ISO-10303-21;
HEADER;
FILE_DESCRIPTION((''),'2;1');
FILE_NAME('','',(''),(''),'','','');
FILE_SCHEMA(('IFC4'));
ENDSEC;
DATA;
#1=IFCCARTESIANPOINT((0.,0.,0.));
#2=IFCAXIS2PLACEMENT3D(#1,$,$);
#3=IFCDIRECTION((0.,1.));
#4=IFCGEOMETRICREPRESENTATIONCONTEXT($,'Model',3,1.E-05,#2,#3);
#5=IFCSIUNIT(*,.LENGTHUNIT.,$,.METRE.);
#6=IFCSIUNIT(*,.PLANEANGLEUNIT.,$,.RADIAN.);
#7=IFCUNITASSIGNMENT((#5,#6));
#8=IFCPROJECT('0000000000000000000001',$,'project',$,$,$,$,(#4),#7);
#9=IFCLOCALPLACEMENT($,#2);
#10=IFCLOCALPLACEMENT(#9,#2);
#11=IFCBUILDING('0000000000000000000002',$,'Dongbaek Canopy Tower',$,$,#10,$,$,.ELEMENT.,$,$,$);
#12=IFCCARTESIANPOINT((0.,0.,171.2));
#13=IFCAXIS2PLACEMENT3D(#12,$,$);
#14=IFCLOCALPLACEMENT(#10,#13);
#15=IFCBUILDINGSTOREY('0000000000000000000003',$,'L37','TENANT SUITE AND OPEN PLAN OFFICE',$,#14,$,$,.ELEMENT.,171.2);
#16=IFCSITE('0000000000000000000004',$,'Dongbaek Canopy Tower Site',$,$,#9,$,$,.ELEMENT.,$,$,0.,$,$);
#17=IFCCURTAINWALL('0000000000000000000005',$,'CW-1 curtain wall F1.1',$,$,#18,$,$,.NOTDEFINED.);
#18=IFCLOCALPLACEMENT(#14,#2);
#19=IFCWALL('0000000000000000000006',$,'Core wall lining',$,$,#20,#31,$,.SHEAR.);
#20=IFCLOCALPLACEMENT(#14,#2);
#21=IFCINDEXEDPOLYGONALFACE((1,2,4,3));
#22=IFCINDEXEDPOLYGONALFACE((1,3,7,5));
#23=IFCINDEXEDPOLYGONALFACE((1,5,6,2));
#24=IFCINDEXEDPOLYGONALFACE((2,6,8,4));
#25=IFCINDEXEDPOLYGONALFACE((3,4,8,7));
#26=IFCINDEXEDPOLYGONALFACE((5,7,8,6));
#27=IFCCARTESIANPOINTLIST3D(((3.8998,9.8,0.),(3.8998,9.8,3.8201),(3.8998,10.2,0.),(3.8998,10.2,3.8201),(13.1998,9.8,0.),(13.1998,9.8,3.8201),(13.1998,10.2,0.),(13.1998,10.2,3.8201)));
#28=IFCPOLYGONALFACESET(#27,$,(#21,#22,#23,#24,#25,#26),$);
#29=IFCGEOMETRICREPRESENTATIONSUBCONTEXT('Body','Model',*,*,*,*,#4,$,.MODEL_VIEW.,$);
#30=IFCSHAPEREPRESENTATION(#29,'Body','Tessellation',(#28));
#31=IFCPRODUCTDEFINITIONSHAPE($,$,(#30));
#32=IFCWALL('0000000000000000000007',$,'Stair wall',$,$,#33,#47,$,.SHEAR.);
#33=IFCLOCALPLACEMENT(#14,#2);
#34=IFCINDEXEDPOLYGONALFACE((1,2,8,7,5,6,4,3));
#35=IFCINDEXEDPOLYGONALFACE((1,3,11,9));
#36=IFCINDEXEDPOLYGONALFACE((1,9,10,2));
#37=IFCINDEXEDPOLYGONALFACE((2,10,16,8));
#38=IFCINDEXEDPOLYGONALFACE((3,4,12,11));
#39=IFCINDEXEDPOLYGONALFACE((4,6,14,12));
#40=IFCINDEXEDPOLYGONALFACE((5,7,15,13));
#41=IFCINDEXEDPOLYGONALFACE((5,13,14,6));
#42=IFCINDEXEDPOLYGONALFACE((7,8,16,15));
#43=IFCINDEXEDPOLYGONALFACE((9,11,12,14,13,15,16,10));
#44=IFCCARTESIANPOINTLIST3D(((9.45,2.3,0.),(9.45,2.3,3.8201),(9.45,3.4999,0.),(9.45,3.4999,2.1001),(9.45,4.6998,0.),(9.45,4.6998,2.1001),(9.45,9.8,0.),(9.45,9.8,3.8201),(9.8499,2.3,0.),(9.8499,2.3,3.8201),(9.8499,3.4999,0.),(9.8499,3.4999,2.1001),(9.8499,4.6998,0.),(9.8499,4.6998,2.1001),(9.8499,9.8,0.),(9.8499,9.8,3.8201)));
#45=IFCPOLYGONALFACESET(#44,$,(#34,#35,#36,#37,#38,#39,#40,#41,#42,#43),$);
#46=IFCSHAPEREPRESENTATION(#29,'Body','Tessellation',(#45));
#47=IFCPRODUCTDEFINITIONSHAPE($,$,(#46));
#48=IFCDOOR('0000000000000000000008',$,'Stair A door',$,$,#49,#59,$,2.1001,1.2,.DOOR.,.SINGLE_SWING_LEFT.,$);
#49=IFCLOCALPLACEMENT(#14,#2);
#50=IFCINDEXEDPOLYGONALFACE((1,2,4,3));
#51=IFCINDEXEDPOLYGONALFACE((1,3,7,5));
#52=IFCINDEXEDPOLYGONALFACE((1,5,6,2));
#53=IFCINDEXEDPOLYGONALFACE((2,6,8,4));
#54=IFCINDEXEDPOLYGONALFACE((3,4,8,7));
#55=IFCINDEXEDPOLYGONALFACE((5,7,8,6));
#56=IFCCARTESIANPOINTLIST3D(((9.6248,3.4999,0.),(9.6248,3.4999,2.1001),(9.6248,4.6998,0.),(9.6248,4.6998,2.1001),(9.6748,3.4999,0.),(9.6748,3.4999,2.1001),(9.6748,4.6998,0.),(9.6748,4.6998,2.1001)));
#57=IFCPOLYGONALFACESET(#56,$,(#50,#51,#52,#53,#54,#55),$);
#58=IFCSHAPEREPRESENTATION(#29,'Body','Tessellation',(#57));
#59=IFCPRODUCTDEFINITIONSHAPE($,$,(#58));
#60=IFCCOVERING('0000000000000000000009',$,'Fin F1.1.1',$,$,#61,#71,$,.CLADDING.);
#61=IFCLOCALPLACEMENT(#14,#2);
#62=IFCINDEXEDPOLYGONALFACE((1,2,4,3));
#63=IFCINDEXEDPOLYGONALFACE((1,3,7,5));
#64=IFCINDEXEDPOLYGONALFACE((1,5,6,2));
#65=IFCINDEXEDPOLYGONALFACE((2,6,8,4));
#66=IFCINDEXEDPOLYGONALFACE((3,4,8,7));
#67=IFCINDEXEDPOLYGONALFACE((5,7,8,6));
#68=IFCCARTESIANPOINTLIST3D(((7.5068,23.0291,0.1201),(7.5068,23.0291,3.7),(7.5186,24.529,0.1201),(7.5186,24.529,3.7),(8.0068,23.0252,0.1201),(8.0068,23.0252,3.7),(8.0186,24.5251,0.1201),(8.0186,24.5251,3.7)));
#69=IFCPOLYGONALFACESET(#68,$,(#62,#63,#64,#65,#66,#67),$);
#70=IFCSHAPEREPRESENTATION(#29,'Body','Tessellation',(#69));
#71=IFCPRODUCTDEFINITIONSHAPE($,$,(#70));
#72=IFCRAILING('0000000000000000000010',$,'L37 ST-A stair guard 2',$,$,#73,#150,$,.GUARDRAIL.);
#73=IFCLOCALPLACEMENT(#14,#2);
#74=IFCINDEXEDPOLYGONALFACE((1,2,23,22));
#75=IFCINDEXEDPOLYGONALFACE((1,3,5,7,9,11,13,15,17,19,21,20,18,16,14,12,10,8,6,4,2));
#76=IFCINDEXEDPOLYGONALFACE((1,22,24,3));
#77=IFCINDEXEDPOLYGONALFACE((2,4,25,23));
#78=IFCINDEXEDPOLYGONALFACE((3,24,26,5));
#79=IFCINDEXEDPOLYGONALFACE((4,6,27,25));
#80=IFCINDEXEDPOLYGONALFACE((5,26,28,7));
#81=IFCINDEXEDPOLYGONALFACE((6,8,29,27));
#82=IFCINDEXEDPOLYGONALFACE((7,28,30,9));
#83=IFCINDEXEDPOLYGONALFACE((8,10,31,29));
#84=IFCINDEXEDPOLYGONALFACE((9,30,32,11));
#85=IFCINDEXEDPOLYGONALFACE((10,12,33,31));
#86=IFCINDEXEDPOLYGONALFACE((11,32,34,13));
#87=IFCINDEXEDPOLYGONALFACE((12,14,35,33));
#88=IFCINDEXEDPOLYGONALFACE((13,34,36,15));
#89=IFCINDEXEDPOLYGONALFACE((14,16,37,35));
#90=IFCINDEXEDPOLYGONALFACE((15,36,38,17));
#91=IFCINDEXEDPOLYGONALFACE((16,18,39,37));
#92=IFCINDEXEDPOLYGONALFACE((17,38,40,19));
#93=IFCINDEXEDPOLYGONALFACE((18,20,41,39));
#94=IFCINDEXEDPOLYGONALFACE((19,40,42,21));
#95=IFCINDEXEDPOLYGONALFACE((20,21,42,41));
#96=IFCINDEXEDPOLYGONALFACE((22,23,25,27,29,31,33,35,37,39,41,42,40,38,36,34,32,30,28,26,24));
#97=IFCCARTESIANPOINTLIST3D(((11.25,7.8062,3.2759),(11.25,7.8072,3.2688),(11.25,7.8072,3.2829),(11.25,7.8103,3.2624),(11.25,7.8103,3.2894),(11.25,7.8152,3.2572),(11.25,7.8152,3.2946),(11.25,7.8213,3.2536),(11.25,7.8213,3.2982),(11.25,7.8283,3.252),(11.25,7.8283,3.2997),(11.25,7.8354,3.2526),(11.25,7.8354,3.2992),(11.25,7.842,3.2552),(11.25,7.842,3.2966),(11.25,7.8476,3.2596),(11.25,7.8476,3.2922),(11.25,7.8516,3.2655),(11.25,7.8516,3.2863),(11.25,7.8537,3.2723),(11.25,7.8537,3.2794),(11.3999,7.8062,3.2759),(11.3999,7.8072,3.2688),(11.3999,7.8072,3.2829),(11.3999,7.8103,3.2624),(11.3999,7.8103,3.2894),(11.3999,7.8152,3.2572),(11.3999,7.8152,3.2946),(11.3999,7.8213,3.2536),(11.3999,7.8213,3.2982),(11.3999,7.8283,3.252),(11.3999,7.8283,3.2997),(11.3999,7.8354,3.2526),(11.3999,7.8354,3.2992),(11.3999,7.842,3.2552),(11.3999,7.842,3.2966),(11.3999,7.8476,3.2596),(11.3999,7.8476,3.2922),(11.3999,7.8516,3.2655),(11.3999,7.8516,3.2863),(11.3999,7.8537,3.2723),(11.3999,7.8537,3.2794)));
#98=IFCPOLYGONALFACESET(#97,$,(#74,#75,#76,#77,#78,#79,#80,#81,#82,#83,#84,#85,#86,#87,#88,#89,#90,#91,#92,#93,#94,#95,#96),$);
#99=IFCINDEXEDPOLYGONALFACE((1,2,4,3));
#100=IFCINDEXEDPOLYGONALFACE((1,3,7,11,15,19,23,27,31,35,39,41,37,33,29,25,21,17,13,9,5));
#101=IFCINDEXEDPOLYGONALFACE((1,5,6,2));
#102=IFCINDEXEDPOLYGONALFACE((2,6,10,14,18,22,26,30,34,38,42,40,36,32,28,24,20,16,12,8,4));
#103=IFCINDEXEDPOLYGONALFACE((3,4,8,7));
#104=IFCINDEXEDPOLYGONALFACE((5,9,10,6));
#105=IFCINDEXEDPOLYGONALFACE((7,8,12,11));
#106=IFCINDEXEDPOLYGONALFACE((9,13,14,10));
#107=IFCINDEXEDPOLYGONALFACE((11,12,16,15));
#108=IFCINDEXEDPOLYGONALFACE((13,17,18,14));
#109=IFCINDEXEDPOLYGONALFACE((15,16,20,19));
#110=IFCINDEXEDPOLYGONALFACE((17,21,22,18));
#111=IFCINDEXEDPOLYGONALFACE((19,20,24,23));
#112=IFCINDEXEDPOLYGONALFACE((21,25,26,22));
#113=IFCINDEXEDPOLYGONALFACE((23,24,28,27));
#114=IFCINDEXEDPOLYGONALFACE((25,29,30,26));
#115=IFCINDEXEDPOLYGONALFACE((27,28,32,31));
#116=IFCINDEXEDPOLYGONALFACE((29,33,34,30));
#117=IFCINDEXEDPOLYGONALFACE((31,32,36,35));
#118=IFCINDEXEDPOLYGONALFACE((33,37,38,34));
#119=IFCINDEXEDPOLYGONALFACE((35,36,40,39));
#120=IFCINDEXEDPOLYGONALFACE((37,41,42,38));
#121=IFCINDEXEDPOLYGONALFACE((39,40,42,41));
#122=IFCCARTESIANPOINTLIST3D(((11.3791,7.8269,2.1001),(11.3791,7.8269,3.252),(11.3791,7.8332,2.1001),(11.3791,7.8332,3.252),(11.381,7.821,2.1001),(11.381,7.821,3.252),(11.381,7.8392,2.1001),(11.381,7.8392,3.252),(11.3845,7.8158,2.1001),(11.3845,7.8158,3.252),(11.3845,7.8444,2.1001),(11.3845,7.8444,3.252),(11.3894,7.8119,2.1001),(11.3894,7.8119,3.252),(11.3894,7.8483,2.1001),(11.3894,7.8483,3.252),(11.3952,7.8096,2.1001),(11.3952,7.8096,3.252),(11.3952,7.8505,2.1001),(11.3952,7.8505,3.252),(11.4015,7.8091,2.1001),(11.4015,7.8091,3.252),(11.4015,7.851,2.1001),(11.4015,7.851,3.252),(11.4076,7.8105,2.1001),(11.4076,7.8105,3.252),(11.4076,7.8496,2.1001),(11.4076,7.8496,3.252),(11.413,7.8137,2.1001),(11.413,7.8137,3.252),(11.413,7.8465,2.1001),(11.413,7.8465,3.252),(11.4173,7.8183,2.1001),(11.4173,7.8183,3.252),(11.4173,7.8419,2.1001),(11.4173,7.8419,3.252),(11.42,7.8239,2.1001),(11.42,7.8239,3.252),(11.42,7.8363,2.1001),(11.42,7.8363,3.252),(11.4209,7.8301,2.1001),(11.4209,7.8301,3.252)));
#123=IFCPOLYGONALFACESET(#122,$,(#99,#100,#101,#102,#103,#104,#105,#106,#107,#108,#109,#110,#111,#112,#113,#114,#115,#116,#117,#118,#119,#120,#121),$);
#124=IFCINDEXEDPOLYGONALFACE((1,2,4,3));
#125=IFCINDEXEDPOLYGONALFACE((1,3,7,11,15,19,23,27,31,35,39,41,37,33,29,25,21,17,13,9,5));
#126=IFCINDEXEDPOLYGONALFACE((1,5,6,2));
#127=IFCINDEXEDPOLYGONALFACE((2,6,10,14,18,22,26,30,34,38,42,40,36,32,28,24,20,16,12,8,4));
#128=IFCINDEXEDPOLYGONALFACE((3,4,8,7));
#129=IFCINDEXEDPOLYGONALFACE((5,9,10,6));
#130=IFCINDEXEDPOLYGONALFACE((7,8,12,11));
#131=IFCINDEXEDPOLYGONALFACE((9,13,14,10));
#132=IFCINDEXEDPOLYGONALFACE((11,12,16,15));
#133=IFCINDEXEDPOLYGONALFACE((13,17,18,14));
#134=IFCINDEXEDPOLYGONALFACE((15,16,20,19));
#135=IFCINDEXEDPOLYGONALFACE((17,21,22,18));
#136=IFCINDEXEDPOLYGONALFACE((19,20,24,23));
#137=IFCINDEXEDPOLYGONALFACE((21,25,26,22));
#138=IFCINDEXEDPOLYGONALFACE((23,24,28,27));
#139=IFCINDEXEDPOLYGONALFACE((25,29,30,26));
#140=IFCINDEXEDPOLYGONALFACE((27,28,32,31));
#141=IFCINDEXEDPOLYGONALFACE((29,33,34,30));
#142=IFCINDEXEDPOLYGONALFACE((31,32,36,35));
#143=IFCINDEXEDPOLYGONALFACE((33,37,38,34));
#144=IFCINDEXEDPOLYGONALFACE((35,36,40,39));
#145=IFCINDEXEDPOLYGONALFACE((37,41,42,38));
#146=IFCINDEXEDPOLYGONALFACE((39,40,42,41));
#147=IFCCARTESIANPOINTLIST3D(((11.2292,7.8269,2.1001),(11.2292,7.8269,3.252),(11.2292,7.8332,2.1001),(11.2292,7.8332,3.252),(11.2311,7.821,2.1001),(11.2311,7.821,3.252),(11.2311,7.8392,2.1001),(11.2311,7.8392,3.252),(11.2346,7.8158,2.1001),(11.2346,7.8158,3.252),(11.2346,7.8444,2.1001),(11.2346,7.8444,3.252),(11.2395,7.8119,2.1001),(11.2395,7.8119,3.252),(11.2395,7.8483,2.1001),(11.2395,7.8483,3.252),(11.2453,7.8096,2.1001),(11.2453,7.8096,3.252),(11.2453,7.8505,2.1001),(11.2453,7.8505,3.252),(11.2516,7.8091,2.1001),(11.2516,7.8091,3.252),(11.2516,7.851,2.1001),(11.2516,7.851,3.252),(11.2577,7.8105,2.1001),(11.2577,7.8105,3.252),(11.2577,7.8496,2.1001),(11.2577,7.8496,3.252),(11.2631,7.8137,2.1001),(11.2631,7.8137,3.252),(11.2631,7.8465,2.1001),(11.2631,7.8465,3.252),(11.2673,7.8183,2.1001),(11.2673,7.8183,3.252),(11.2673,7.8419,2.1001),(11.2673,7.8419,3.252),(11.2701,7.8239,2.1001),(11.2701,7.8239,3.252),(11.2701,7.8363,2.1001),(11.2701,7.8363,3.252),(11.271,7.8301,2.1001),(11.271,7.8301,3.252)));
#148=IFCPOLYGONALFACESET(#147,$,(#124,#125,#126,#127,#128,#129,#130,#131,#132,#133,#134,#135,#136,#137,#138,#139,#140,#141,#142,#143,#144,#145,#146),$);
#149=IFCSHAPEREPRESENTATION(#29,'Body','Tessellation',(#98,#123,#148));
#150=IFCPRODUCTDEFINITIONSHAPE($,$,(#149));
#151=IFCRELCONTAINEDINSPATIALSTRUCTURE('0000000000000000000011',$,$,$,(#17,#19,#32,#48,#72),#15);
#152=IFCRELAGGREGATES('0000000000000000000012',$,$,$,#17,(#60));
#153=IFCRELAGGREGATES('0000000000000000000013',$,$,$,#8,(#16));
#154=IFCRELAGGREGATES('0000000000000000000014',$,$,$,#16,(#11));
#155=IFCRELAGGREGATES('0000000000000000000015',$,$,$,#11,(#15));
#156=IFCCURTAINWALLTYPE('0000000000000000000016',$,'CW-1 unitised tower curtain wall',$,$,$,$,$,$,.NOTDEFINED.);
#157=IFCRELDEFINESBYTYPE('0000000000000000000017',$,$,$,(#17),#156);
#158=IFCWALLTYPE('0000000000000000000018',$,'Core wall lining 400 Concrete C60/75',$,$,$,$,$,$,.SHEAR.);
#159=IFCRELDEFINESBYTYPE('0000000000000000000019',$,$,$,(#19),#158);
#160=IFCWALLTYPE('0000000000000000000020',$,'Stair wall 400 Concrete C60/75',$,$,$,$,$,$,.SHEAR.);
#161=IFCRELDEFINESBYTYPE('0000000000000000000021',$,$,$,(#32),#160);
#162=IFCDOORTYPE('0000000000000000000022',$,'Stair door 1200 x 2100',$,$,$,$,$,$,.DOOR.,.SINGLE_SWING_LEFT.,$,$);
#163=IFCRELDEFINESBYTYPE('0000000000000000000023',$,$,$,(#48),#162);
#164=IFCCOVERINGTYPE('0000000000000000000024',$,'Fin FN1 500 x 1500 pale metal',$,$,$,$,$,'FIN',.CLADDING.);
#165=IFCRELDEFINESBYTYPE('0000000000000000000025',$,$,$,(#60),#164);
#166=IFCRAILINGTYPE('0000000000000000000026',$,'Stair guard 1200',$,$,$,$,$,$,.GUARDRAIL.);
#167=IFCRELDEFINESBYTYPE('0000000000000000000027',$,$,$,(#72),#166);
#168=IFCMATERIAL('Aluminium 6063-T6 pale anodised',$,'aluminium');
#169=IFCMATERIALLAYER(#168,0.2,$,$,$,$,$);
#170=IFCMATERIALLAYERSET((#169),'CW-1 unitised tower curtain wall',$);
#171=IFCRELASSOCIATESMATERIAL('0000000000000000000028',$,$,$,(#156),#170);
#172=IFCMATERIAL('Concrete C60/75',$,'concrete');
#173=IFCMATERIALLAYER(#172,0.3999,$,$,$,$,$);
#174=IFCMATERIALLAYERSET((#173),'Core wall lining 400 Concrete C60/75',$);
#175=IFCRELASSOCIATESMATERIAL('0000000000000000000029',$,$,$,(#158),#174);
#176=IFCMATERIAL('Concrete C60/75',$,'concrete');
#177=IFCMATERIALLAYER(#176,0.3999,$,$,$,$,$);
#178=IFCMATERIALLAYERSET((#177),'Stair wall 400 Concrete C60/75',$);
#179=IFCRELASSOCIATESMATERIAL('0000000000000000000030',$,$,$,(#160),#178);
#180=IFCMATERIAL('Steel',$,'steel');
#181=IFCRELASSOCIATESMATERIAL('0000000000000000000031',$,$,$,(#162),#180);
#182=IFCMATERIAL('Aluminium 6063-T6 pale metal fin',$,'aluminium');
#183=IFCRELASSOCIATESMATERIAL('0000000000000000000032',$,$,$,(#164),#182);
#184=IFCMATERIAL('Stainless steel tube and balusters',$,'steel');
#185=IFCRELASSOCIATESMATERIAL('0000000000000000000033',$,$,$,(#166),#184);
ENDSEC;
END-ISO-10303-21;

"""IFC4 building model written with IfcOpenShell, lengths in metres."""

from ifc_helpers import new_model, si_unit, direction, frame, frame_2d, origin, origin_2d, place, context, subcontext, project, spatial, rectangle, circle, extrude, material, layer, layer_set, material_profile, profile_set, type_object, element, fill, aggregate, save


model = new_model("IFC4")

# Units and contexts
model_context = context("Model", 3, precision=1e-05, world=origin(), true_north=direction((0.0, 1.0)))
body_context = subcontext(model_context, "Body", "Model", "MODEL_VIEW")
ifc_project = project(units=[si_unit("LENGTHUNIT", "METRE"), si_unit("PLANEANGLEUNIT", "RADIAN")], contexts=[model_context])

# Site, building, storey
site_placement = place(None, origin())
site = spatial("IfcSite", under=ifc_project, at=site_placement, Name="Dongbaek Canopy Tower Site", CompositionType="ELEMENT", RefElevation=0.0)
building_placement = place(site_placement, origin())
building = spatial("IfcBuilding", under=site, at=building_placement, Name="Dongbaek Canopy Tower", CompositionType="ELEMENT")
storey_placement = place(building_placement, frame((0.0, 0.0, 171.2)))
storey = spatial("IfcBuildingStorey", under=building, at=storey_placement, Name="L37", Description="TENANT SUITE AND OPEN PLAN OFFICE", CompositionType="ELEMENT", Elevation=171.2)

# Shared definitions
ifc_material_1 = material(Name="Aluminium 6063-T6 pale anodised", Category="aluminium")
ifc_layer_1 = layer(ifc_material_1, 0.2)
ifc_layer_set_1 = layer_set([ifc_layer_1], Name="CW-1 unitised tower curtain wall")
curtain_wall_type = type_object("IfcCurtainWallType", Name="CW-1 unitised tower curtain wall", PredefinedType="NOTDEFINED", material=ifc_layer_set_1)

# Curtain wall
curtain_wall_1_placement = place(storey_placement, origin())
curtain_wall_1 = element("IfcCurtainWall", 1, at=curtain_wall_1_placement, inside=storey, type_object=curtain_wall_type, Name="CW-1 curtain wall F1.1", PredefinedType="NOTDEFINED")

# Wall
ifc_material_2 = material(Name="Concrete C60/75", Category="concrete")
ifc_layer_2 = layer(ifc_material_2, 0.3999)
ifc_layer_set_2 = layer_set([ifc_layer_2], Name="Core wall lining 400 Concrete C60/75")
wall_type_1 = type_object("IfcWallType", Name="Core wall lining 400 Concrete C60/75", PredefinedType="SHEAR", material=ifc_layer_set_2)
wall_1_placement = place(storey_placement, frame((3.8999, 10.0, 0.0), z_axis=(0.0, 0.0, 1.0), x_axis=(1.0, 0.0, 0.0)))
element("IfcWall", 2, at=wall_1_placement, inside=storey, type_object=wall_type_1, Name="Core wall lining", PredefinedType="SHEAR", context=body_context, shape_type="SweptSolid", body=[
    extrude(rectangle(XDim=9.3, YDim=0.3999, at=frame_2d((4.6499, 0.0))), origin(), (0.0, 0.0, 1.0), 3.8201),
])

# Wall, opening, door
ifc_material_3 = material(Name="Concrete C60/75", Category="concrete")
ifc_layer_3 = layer(ifc_material_3, 0.3999)
ifc_layer_set_3 = layer_set([ifc_layer_3], Name="Stair wall 400 Concrete C60/75")
wall_type_2 = type_object("IfcWallType", Name="Stair wall 400 Concrete C60/75", PredefinedType="SHEAR", material=ifc_layer_set_3)
wall_2_placement = place(storey_placement, frame((9.6499, 9.8, 0.0), z_axis=(0.0, 0.0, 1.0), x_axis=(0.0, -1.0, 0.0)))
wall_2 = element("IfcWall", 3, at=wall_2_placement, inside=storey, type_object=wall_type_2, Name="Stair wall", PredefinedType="SHEAR", context=body_context, shape_type="SweptSolid", body=[
    extrude(rectangle(XDim=7.5, YDim=0.3999, at=frame_2d((3.75, 0.0))), origin(), (0.0, 0.0, 1.0), 3.8201),
])
opening_placement = place(wall_2_placement, frame((5.1001, 0.0, 0.0)))
opening = element("IfcOpeningElement", 4, at=opening_placement, cuts=wall_2, PredefinedType="OPENING", context=body_context, shape_type="SweptSolid", body=[
    extrude(rectangle(XDim=1.2, YDim=2.1001, at=frame_2d((0.6001, 1.05))), frame((0.0, 0.21, 0.0), z_axis=(0.0, -1.0, 0.0), x_axis=(1.0, 0.0, 0.0)), (0.0, 0.0, 1.0), 0.4199),
])
ifc_material_4 = material(Name="Steel", Category="steel")
door_type = type_object("IfcDoorType", Name="Stair door 1200 x 2100", OperationType="SINGLE_SWING_LEFT", PredefinedType="DOOR", material=ifc_material_4)
door_placement = place(opening_placement, origin())
door = element("IfcDoor", 5, at=door_placement, inside=storey, type_object=door_type, Name="Stair A door", OperationType="SINGLE_SWING_LEFT", OverallHeight=2.1001, OverallWidth=1.2, PredefinedType="DOOR", context=body_context, shape_type="SweptSolid", body=[
    extrude(rectangle(XDim=1.2, YDim=2.1001, at=frame_2d((0.6001, 1.05))), frame((0.0, 0.0249, 0.0), z_axis=(0.0, -1.0, 0.0), x_axis=(1.0, 0.0, 0.0)), (0.0, 0.0, 1.0), 0.05),
])
fill(opening, door)

# Covering
ifc_material_5 = material(Name="Aluminium 6063-T6 pale metal fin", Category="aluminium")
ifc_material_profile_1 = material_profile(ifc_material_5, rectangle(XDim=1.5, YDim=0.5, at=origin_2d()), Name="Fin FN1 500 x 1500 pale metal")
ifc_profile_set_1 = profile_set([ifc_material_profile_1], Name="Aluminium 6063-T6 pale metal fin")
covering_type = type_object("IfcCoveringType", Name="Fin FN1 500 x 1500 pale metal", ElementType="FIN", PredefinedType="CLADDING", material=ifc_profile_set_1)
covering_placement = place(storey_placement, frame((7.7627, 23.7771, 0.1201), z_axis=(0.0, 0.0, 1.0), x_axis=(0.007847, 0.999969, 0.0)))
covering = element("IfcCovering", 6, at=covering_placement, type_object=covering_type, Name="Fin F1.1.1", PredefinedType="CLADDING", context=body_context, shape_type="SweptSolid", body=[
    extrude(rectangle(XDim=1.5, YDim=0.5, at=origin_2d()), origin(), (0.0, 0.0, 1.0), 3.5798),
])
aggregate(curtain_wall_1, [covering])

# Railing
ifc_material_6 = material(Name="Stainless steel tube and balusters", Category="steel")
railing_type = type_object("IfcRailingType", Name="Stair guard 1200", PredefinedType="GUARDRAIL", material=ifc_material_6)
railing_1_placement = place(storey_placement, frame((11.3999, 7.8301, 2.1001)))
element("IfcRailing", 7, at=railing_1_placement, inside=storey, type_object=railing_type, Name="L37 ST-A stair guard 2", PredefinedType="GUARDRAIL", context=body_context, shape_type="SweptSolid", body=[
    extrude(circle(Radius=0.0239, at=origin_2d()), frame((0.0, 0.0, 1.1758), z_axis=(-1.0, 0.0, 0.0), x_axis=(0.0, -1.0, 0.0)), (0.0, 0.0, 1.0), 0.1499),
    extrude(circle(Radius=0.021, at=origin_2d()), origin(), (0.0, 0.0, 1.0), 1.1519),
    extrude(circle(Radius=0.021, at=origin_2d()), frame((-0.1499, 0.0, 0.0)), (0.0, 0.0, 1.0), 1.1519),
])

save(model, "model.ifc")
